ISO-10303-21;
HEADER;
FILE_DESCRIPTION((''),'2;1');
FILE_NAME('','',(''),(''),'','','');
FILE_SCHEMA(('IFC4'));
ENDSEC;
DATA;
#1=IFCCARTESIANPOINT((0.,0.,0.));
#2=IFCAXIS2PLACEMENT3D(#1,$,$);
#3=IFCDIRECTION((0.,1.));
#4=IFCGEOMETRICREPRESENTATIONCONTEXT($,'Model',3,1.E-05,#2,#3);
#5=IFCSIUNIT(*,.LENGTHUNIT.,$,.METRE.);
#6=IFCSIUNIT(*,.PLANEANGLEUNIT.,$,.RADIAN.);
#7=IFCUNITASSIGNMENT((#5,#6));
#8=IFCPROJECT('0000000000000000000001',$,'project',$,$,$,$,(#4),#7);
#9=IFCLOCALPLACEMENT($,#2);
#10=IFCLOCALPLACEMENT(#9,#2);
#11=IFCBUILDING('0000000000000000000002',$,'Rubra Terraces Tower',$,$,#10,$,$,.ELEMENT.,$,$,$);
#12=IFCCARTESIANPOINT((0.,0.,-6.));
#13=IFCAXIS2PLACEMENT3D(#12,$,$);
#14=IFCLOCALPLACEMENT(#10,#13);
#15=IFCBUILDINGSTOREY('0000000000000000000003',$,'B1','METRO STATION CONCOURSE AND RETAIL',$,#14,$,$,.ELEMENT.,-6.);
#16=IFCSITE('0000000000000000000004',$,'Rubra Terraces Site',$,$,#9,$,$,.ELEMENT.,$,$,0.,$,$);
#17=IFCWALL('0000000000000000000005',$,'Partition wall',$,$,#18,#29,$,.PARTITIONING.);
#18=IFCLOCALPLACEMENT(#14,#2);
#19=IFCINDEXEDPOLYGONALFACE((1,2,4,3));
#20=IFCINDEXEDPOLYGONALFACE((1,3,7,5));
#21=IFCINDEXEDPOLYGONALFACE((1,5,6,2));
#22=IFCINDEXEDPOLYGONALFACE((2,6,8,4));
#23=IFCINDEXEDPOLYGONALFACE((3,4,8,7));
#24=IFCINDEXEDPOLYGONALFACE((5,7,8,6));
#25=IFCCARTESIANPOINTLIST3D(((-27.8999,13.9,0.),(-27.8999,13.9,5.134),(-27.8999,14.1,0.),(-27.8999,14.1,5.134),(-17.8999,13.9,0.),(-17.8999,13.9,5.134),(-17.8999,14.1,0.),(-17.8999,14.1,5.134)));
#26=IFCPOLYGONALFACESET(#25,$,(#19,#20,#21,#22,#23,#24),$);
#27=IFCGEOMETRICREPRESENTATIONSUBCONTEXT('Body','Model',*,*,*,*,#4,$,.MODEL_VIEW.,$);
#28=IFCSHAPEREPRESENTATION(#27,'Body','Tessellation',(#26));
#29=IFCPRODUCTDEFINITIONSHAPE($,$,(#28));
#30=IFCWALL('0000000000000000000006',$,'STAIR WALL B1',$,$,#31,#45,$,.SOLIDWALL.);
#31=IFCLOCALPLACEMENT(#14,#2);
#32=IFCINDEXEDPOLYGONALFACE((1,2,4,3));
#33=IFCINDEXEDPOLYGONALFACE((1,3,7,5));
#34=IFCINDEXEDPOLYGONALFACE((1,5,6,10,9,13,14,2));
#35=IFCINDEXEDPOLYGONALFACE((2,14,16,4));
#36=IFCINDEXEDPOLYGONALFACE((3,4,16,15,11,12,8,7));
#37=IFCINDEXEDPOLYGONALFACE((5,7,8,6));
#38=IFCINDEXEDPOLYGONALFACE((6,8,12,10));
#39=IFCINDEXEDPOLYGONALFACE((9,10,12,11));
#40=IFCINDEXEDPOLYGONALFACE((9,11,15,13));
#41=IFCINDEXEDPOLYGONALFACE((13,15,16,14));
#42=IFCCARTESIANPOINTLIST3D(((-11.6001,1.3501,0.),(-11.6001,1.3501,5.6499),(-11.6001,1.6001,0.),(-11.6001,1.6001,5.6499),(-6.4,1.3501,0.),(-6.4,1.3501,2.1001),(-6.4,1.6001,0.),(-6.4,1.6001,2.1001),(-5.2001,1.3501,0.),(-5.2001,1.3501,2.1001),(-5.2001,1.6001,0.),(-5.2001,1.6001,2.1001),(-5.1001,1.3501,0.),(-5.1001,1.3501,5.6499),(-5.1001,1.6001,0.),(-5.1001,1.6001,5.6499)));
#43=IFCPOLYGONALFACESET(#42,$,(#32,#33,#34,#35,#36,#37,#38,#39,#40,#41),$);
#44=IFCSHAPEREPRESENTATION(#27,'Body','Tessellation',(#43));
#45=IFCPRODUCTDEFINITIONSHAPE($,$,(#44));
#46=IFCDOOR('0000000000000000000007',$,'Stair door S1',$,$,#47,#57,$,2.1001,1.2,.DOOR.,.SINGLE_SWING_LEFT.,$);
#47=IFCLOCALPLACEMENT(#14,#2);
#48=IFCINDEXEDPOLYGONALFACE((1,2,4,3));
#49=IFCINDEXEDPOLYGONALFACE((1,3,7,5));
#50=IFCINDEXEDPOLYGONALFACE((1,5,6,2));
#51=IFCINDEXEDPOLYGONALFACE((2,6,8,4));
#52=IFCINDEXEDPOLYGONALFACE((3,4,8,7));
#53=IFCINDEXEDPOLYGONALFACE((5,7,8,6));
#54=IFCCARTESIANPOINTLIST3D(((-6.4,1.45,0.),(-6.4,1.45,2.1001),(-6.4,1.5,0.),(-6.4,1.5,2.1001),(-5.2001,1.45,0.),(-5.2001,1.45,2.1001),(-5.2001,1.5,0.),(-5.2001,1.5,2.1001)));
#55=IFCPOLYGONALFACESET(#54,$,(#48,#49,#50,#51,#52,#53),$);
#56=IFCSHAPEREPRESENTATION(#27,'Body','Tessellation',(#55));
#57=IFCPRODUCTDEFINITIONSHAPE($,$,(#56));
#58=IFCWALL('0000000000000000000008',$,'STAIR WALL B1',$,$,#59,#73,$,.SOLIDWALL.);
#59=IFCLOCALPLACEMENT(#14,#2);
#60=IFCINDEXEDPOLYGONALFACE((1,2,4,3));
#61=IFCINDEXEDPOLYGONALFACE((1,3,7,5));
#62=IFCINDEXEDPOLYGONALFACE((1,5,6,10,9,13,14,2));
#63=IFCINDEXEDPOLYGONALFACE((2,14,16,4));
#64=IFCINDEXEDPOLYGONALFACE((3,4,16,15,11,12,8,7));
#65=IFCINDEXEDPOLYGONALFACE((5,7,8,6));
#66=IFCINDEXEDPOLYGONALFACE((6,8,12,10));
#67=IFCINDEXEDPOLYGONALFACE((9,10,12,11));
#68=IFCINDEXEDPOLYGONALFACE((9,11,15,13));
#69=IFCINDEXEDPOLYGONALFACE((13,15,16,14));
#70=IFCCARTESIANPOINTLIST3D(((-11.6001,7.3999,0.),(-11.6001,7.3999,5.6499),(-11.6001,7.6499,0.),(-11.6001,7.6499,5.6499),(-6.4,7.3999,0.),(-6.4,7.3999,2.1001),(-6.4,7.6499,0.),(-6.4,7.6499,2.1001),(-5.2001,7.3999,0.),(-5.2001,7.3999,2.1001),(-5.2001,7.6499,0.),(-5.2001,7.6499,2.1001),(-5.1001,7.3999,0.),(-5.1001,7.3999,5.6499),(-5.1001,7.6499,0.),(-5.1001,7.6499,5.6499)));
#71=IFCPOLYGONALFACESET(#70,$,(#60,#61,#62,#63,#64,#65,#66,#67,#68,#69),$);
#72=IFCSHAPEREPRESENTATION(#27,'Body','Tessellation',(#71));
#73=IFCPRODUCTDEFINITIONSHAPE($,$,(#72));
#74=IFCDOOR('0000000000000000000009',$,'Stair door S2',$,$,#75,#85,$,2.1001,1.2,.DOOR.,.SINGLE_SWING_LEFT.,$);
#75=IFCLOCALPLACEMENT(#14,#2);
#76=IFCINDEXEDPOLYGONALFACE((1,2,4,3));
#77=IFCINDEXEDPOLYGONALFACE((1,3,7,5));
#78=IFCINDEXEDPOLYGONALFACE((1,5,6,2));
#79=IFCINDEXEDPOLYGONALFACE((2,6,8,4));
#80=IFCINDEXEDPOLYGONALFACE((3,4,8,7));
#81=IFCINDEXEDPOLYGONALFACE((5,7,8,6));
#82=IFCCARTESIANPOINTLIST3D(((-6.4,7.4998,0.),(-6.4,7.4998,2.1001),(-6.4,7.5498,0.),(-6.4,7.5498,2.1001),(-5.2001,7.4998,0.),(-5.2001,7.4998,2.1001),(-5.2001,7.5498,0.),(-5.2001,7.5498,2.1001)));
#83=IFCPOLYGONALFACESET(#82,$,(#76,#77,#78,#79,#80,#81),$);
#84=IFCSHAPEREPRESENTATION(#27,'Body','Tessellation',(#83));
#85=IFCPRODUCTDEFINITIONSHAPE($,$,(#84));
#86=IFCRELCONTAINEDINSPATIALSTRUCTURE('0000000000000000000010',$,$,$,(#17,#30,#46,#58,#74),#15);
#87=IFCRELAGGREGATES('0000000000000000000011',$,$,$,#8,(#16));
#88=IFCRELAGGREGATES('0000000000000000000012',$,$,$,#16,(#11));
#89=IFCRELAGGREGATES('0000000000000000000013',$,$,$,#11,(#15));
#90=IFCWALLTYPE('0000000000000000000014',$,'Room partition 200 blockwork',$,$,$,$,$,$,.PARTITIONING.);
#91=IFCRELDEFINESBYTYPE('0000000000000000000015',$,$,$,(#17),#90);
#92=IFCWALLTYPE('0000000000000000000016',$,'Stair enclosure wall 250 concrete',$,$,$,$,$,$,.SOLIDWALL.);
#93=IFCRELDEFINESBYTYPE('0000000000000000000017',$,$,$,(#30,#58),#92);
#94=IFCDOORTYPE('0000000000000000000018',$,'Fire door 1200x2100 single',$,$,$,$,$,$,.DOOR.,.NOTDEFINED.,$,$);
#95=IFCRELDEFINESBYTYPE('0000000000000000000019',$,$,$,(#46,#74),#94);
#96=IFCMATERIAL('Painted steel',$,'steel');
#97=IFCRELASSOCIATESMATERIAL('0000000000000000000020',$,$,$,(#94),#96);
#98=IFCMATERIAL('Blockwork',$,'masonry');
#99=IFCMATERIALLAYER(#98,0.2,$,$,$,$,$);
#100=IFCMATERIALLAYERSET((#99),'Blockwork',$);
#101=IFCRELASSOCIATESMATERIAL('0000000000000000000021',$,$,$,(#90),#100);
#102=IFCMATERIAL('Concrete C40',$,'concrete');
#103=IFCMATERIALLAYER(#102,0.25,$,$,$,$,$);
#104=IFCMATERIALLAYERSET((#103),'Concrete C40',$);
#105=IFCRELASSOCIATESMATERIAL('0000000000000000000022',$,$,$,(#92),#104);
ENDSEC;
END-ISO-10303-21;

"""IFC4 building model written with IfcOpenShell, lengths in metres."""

from ifc_helpers import new_model, si_unit, direction, frame, frame_2d, origin, place, context, subcontext, project, spatial, rectangle, extrude, material, layer, layer_set, type_object, element, fill, save


model = new_model("IFC4")

# Units and contexts
model_context = context("Model", 3, precision=1e-05, world=origin(), true_north=direction((0.0, 1.0)))
body_context = subcontext(model_context, "Body", "Model", "MODEL_VIEW")
ifc_project = project(units=[si_unit("LENGTHUNIT", "METRE"), si_unit("PLANEANGLEUNIT", "RADIAN")], contexts=[model_context])

# Site, building, storey
site_placement = place(None, origin())
site = spatial("IfcSite", under=ifc_project, at=site_placement, Name="Rubra Terraces Site", CompositionType="ELEMENT", RefElevation=0.0)
building_placement = place(site_placement, origin())
building = spatial("IfcBuilding", under=site, at=building_placement, Name="Rubra Terraces Tower", CompositionType="ELEMENT")
storey_placement = place(building_placement, frame((0.0, 0.0, -6.0)))
storey = spatial("IfcBuildingStorey", under=building, at=storey_placement, Name="B1", Description="METRO STATION CONCOURSE AND RETAIL", CompositionType="ELEMENT", Elevation=-6.0)

# Shared definitions
ifc_material_1 = material(Name="Painted steel", Category="steel")
door_type_1 = type_object("IfcDoorType", Name="Fire door 1200x2100 single", OperationType="NOTDEFINED", PredefinedType="DOOR", material=ifc_material_1)

# Shared definitions
ifc_material_2 = material(Name="Blockwork", Category="masonry")

# Wall
ifc_layer_1 = layer(ifc_material_2, 0.2)
ifc_layer_set_1 = layer_set([ifc_layer_1], Name="Blockwork")
wall_type_1 = type_object("IfcWallType", Name="Room partition 200 blockwork", PredefinedType="PARTITIONING", material=ifc_layer_set_1)
wall_1_placement = place(storey_placement, frame((-17.8999, 14.0, 0.0), z_axis=(0.0, 0.0, 1.0), x_axis=(-1.0, 0.0, 0.0)))
element("IfcWall", 1, at=wall_1_placement, inside=storey, type_object=wall_type_1, Name="Partition wall", PredefinedType="PARTITIONING", context=body_context, shape_type="SweptSolid", body=[
    extrude(rectangle(XDim=10.0, YDim=0.2, at=frame_2d((5.0, 0.0))), origin(), (0.0, 0.0, 1.0), 5.134),
])

# Walls, openings, doors
ifc_material_3 = material(Name="Concrete C40", Category="concrete")
ifc_layer_2 = layer(ifc_material_3, 0.25)
ifc_layer_set_2 = layer_set([ifc_layer_2], Name="Concrete C40")
wall_type_2 = type_object("IfcWallType", Name="Stair enclosure wall 250 concrete", PredefinedType="SOLIDWALL", material=ifc_layer_set_2)
wall_2_placement = place(storey_placement, frame((-11.6001, 1.4751, 0.0), z_axis=(0.0, 0.0, 1.0), x_axis=(1.0, 0.0, 0.0)))
wall_2 = element("IfcWall", 2, at=wall_2_placement, inside=storey, type_object=wall_type_2, Name="STAIR WALL B1", PredefinedType="SOLIDWALL", context=body_context, shape_type="SweptSolid", body=[
    extrude(rectangle(XDim=6.5, YDim=0.25, at=frame_2d((3.25, 0.0))), origin(), (0.0, 0.0, 1.0), 5.6499),
])
opening_1_placement = place(wall_2_placement, frame((5.2, 0.0, 0.0)))
opening_1 = element("IfcOpeningElement", 3, at=opening_1_placement, cuts=wall_2, PredefinedType="OPENING", context=body_context, shape_type="SweptSolid", body=[
    extrude(rectangle(XDim=1.2, YDim=2.1001, at=frame_2d((0.6001, 1.05))), frame((0.0, 0.135, 0.0), z_axis=(0.0, -1.0, 0.0), x_axis=(1.0, 0.0, 0.0)), (0.0, 0.0, 1.0), 0.27),
])
door_1_placement = place(opening_1_placement, origin())
door_1 = element("IfcDoor", 4, at=door_1_placement, inside=storey, type_object=door_type_1, Name="Stair door S1", OperationType="SINGLE_SWING_LEFT", OverallHeight=2.1001, OverallWidth=1.2, PredefinedType="DOOR", context=body_context, shape_type="SweptSolid", body=[
    extrude(rectangle(XDim=1.2, YDim=2.1001, at=frame_2d((0.6001, 1.05))), frame((0.0, 0.0249, 0.0), z_axis=(0.0, -1.0, 0.0), x_axis=(1.0, 0.0, 0.0)), (0.0, 0.0, 1.0), 0.05),
])
fill(opening_1, door_1)
wall_3_placement = place(storey_placement, frame((-11.6001, 7.5249, 0.0), z_axis=(0.0, 0.0, 1.0), x_axis=(1.0, 0.0, 0.0)))
wall_3 = element("IfcWall", 5, at=wall_3_placement, inside=storey, type_object=wall_type_2, Name="STAIR WALL B1", PredefinedType="SOLIDWALL", context=body_context, shape_type="SweptSolid", body=[
    extrude(rectangle(XDim=6.5, YDim=0.25, at=frame_2d((3.25, 0.0))), origin(), (0.0, 0.0, 1.0), 5.6499),
])
opening_2_placement = place(wall_3_placement, frame((5.2, 0.0, 0.0)))
opening_2 = element("IfcOpeningElement", 6, at=opening_2_placement, cuts=wall_3, PredefinedType="OPENING", context=body_context, shape_type="SweptSolid", body=[
    extrude(rectangle(XDim=1.2, YDim=2.1001, at=frame_2d((0.6001, 1.05))), frame((0.0, 0.135, 0.0), z_axis=(0.0, -1.0, 0.0), x_axis=(1.0, 0.0, 0.0)), (0.0, 0.0, 1.0), 0.27),
])
door_2_placement = place(opening_2_placement, origin())
door_2 = element("IfcDoor", 7, at=door_2_placement, inside=storey, type_object=door_type_1, Name="Stair door S2", OperationType="SINGLE_SWING_LEFT", OverallHeight=2.1001, OverallWidth=1.2, PredefinedType="DOOR", context=body_context, shape_type="SweptSolid", body=[
    extrude(rectangle(XDim=1.2, YDim=2.1001, at=frame_2d((0.6001, 1.05))), frame((0.0, 0.0249, 0.0), z_axis=(0.0, -1.0, 0.0), x_axis=(1.0, 0.0, 0.0)), (0.0, 0.0, 1.0), 0.05),
])
fill(opening_2, door_2)

save(model, "model.ifc")
